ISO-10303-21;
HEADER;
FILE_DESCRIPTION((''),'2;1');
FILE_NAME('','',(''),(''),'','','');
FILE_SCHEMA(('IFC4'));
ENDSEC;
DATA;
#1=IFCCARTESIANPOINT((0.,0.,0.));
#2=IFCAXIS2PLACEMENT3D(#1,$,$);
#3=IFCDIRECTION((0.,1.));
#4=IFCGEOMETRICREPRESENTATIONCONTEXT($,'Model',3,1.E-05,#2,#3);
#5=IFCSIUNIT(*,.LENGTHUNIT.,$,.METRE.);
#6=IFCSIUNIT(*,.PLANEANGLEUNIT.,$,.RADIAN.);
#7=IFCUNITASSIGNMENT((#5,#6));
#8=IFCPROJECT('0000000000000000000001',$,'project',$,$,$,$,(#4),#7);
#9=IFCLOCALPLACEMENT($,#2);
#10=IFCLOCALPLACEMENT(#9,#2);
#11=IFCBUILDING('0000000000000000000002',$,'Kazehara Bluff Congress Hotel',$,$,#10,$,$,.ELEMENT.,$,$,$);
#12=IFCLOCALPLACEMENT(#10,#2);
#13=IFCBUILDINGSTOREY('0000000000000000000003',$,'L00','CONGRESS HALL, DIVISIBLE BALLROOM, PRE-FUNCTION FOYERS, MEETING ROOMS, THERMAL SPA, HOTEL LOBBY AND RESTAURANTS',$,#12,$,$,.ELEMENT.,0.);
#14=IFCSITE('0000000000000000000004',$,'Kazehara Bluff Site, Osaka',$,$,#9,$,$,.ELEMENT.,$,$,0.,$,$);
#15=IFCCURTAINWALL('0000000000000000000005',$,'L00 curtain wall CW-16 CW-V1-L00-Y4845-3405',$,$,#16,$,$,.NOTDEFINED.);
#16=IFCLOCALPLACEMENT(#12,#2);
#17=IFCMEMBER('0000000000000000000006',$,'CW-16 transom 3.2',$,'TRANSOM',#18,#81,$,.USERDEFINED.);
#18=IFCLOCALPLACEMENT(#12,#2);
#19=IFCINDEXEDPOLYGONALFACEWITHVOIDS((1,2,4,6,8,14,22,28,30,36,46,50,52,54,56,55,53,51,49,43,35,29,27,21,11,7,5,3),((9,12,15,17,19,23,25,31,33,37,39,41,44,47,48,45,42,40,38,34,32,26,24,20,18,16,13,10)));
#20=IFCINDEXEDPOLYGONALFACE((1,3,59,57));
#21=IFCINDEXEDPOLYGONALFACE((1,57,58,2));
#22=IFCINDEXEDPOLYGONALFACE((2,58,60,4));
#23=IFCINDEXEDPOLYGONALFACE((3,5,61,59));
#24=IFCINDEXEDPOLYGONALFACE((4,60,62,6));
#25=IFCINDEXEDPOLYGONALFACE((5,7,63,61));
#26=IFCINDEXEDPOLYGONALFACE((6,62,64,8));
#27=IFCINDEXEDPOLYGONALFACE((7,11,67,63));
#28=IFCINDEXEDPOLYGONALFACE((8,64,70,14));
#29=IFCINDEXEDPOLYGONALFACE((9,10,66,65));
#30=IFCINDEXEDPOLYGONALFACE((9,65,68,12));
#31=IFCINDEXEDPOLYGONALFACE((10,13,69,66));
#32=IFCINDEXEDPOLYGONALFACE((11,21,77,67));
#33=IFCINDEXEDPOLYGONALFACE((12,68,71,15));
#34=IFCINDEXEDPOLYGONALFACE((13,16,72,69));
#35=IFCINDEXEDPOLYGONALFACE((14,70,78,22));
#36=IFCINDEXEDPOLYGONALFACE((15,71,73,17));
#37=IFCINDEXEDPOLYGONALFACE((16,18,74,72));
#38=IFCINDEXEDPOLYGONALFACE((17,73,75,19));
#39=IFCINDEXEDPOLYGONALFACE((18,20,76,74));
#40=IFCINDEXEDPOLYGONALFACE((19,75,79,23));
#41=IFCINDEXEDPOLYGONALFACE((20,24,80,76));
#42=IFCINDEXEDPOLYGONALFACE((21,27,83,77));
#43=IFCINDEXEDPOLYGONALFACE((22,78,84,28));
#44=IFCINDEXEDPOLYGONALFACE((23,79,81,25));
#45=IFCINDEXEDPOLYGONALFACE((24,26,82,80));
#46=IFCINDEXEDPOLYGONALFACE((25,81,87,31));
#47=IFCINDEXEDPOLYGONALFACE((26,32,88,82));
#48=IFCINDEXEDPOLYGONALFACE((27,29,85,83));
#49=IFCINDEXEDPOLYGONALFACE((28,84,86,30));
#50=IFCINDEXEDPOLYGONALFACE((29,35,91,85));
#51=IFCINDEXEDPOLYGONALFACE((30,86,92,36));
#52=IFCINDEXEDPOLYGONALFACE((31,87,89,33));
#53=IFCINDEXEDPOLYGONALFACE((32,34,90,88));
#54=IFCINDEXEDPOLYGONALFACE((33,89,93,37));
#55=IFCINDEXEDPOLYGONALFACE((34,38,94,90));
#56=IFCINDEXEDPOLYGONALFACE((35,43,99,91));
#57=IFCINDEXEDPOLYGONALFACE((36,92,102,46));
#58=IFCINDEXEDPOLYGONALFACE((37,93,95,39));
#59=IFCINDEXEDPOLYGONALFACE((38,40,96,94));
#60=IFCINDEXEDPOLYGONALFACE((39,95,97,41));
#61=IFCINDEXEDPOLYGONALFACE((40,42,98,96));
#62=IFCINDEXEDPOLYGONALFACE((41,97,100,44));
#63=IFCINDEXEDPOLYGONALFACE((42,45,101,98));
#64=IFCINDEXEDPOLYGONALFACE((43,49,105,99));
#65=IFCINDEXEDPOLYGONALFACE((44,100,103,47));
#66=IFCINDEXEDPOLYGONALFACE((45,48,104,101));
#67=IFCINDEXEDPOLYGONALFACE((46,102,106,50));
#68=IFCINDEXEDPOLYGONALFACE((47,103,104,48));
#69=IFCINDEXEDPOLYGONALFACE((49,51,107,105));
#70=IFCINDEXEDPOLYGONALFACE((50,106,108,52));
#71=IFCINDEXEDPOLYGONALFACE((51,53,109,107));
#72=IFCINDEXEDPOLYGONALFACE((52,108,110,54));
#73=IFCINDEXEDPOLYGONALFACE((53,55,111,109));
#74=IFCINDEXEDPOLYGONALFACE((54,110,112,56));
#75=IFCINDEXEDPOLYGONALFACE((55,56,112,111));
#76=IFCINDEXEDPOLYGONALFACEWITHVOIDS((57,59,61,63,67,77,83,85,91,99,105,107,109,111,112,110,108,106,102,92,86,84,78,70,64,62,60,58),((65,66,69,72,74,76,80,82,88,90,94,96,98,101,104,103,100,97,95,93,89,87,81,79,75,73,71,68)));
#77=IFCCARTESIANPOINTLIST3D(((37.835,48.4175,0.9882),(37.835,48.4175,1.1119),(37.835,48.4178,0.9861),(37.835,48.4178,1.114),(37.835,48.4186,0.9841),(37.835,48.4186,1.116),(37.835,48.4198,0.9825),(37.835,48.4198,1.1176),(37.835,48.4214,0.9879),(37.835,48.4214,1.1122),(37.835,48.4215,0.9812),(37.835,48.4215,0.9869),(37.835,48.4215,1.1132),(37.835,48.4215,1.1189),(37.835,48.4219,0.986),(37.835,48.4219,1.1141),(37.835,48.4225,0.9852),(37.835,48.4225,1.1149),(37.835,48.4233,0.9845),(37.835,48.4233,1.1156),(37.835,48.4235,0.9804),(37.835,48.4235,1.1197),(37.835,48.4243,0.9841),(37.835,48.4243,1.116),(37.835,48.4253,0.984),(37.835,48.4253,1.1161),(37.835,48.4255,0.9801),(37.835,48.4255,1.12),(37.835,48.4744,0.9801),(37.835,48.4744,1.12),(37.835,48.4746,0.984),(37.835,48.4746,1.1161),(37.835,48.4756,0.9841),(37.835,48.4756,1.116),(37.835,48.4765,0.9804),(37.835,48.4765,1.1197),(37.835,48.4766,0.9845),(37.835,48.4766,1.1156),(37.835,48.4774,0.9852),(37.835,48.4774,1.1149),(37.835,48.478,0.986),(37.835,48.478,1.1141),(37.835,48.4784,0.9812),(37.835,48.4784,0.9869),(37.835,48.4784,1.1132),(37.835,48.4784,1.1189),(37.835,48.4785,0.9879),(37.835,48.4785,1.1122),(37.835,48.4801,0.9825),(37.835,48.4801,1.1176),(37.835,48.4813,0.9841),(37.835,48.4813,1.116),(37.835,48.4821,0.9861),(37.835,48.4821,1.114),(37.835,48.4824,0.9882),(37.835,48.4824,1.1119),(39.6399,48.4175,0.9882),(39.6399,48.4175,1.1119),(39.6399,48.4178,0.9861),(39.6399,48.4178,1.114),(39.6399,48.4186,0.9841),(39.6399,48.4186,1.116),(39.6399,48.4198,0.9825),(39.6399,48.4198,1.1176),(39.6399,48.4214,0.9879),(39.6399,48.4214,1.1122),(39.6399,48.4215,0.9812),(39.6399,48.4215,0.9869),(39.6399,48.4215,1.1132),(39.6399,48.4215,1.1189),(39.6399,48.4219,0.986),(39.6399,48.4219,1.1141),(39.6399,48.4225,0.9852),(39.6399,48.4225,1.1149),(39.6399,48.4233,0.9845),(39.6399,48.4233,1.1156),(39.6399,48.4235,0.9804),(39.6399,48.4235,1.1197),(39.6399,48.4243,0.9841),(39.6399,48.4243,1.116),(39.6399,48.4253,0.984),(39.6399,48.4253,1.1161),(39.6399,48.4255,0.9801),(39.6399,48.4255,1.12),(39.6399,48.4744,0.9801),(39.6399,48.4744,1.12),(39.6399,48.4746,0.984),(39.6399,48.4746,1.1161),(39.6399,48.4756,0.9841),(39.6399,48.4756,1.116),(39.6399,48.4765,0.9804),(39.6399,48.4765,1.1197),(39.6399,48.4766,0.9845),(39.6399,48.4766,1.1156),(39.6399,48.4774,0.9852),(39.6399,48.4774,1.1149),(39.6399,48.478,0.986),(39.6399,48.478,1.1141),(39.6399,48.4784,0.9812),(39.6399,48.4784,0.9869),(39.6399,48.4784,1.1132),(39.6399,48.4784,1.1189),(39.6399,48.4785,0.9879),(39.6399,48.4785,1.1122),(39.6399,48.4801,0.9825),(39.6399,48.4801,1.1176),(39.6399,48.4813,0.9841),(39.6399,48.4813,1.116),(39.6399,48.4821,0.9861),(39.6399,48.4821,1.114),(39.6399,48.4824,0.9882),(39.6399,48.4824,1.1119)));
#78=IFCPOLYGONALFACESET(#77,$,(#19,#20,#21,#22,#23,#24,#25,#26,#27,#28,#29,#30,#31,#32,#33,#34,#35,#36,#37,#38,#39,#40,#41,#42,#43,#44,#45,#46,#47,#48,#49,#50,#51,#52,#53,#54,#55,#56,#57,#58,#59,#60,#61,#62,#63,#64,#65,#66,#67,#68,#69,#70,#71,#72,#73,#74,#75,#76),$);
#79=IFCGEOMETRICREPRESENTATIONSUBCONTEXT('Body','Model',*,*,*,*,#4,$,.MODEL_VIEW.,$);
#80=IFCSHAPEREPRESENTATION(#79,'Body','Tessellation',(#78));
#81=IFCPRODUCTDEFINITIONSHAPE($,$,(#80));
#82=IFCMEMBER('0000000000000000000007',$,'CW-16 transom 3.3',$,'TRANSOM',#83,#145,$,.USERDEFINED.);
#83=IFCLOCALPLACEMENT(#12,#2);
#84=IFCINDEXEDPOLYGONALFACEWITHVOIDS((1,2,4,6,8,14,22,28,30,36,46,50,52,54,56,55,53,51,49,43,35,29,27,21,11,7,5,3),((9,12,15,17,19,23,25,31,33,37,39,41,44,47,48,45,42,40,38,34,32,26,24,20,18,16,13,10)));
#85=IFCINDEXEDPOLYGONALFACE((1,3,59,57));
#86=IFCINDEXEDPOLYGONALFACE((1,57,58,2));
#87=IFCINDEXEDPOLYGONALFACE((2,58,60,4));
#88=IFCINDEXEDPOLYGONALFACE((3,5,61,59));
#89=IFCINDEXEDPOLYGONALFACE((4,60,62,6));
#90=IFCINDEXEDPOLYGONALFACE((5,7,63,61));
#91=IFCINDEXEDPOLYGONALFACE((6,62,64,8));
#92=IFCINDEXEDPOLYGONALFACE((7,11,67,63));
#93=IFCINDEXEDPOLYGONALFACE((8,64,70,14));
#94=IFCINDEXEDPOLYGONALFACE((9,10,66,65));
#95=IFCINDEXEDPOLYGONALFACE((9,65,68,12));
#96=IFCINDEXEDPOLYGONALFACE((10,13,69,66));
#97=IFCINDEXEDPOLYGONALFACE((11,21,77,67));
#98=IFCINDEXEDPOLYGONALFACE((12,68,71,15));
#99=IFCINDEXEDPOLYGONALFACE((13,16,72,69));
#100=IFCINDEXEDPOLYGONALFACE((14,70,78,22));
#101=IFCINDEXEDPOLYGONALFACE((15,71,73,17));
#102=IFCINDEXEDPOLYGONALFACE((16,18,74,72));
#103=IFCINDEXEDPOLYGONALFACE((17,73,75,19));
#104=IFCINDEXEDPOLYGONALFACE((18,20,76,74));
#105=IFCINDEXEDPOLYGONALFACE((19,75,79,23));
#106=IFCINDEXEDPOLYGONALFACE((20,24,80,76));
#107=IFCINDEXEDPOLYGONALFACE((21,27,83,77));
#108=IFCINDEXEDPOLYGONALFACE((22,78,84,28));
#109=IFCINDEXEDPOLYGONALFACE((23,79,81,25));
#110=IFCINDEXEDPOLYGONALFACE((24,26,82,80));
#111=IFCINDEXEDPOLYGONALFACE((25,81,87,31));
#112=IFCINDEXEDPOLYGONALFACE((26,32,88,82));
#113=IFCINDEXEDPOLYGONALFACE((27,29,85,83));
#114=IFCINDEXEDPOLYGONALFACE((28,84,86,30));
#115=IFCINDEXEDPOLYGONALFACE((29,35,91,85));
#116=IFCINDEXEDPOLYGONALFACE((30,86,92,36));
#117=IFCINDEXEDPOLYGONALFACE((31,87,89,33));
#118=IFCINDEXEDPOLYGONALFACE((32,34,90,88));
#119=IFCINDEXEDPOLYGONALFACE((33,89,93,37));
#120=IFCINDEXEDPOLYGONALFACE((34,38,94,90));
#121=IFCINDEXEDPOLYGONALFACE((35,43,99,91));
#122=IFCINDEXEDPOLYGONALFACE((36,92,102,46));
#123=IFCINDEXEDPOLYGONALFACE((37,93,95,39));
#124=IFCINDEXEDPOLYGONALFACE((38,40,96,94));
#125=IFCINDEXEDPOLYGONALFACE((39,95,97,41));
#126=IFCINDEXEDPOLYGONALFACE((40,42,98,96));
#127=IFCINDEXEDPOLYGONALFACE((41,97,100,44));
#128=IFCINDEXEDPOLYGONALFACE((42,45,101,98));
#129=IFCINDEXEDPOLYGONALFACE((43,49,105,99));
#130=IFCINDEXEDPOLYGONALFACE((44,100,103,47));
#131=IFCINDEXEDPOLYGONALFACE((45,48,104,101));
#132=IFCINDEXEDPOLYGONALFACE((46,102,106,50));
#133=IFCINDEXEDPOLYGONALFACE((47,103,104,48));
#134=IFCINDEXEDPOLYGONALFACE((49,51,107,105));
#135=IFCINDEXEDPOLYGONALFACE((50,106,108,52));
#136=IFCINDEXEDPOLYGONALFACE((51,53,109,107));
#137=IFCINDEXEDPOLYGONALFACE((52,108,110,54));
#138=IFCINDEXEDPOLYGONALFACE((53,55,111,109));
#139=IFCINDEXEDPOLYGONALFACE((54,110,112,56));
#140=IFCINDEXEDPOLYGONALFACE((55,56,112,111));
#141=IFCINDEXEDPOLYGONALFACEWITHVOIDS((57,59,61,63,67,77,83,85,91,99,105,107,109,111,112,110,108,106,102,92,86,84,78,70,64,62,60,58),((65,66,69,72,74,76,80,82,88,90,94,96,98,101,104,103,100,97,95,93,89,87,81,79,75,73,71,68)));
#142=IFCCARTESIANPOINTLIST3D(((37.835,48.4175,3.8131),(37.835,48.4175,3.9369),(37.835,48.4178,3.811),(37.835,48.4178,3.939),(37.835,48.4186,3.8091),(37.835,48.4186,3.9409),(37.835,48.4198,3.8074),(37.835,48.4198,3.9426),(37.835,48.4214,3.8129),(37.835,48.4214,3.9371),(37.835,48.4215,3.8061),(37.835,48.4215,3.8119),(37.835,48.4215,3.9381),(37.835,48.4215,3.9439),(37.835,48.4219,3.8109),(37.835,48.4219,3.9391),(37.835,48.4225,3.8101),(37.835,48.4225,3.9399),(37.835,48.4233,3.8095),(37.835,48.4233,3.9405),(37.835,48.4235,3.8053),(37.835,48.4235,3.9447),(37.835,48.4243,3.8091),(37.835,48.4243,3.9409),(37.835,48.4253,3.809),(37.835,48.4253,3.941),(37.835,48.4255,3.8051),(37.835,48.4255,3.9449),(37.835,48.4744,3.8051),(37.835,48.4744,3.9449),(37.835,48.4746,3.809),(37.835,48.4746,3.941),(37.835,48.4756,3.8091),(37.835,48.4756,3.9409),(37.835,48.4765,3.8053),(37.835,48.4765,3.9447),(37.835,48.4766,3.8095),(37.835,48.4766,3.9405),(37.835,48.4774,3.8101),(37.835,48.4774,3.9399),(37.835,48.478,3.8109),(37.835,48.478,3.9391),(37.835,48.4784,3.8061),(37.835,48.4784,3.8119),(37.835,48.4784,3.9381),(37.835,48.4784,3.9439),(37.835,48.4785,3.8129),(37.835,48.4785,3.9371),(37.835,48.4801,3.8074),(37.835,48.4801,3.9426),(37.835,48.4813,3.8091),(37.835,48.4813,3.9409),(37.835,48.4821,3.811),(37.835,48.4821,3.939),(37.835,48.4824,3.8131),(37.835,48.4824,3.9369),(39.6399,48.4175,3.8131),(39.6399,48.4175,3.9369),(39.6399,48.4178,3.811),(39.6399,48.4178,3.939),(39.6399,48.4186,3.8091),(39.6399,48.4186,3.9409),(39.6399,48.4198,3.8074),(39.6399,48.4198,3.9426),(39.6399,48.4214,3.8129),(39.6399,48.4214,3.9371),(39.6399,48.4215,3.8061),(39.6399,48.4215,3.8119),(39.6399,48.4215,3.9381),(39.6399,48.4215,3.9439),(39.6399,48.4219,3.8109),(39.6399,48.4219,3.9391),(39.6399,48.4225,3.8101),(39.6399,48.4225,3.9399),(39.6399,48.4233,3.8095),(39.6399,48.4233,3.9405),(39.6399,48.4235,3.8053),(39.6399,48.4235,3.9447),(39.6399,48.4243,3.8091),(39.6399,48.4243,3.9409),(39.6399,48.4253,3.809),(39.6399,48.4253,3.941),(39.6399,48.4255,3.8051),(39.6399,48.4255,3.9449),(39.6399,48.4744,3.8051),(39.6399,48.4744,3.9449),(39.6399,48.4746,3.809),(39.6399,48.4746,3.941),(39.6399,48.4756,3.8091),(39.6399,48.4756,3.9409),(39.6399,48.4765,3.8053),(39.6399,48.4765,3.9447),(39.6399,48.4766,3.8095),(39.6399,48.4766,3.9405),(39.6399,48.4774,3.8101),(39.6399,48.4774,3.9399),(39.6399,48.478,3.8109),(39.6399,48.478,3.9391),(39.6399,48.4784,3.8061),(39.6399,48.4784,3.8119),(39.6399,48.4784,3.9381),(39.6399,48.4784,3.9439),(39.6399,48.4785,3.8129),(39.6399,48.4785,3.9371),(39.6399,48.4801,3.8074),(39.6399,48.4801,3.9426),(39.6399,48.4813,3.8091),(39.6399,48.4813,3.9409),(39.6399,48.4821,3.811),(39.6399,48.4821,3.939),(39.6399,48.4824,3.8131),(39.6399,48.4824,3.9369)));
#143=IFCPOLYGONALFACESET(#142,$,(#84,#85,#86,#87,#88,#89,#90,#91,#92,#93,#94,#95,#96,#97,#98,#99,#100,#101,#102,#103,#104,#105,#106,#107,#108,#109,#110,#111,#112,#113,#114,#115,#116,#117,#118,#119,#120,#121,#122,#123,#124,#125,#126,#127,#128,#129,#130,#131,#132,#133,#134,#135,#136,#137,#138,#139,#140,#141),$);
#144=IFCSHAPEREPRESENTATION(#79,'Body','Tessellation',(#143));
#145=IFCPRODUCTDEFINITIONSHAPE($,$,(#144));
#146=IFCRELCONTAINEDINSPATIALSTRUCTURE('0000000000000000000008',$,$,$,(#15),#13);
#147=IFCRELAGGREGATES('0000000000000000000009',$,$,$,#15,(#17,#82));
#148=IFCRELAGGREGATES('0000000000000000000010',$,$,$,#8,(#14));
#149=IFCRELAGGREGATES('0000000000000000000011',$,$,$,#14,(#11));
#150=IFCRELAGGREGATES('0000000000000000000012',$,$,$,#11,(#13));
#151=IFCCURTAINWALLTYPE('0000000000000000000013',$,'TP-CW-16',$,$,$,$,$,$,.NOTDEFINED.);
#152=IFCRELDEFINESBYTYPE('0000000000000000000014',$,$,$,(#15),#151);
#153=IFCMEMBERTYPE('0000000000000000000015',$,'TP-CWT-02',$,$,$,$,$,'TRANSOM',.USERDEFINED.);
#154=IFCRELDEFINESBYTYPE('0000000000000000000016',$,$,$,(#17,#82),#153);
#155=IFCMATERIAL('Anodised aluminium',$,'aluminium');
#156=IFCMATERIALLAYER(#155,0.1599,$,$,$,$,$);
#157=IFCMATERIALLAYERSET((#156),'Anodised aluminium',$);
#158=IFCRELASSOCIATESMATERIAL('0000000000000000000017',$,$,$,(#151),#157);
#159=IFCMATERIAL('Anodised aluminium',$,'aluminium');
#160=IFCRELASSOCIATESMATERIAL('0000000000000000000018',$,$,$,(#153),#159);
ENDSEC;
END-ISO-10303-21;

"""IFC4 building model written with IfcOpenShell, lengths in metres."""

from ifc_helpers import new_model, si_unit, direction, frame, origin, origin_2d, place, context, subcontext, project, spatial, hollow_rectangle, extrude, material, layer, layer_set, material_profile, profile_set, type_object, element, aggregate, save


model = new_model("IFC4")

# Units and contexts
model_context = context("Model", 3, precision=1e-05, world=origin(), true_north=direction((0.0, 1.0)))
body_context = subcontext(model_context, "Body", "Model", "MODEL_VIEW")
ifc_project = project(units=[si_unit("LENGTHUNIT", "METRE"), si_unit("PLANEANGLEUNIT", "RADIAN")], contexts=[model_context])

# Site, building, storey
site_placement = place(None, origin())
site = spatial("IfcSite", under=ifc_project, at=site_placement, Name="Kazehara Bluff Site, Osaka", CompositionType="ELEMENT", RefElevation=0.0)
building_placement = place(site_placement, origin())
building = spatial("IfcBuilding", under=site, at=building_placement, Name="Kazehara Bluff Congress Hotel", CompositionType="ELEMENT")
storey_placement = place(building_placement, origin())
storey = spatial("IfcBuildingStorey", under=building, at=storey_placement, Name="L00", Description="CONGRESS HALL, DIVISIBLE BALLROOM, PRE-FUNCTION FOYERS, MEETING ROOMS, THERMAL SPA, HOTEL LOBBY AND RESTAURANTS", CompositionType="ELEMENT", Elevation=0.0)

# Curtain wall, members
ifc_material_1 = material(Name="Anodised aluminium", Category="aluminium")
ifc_layer_1 = layer(ifc_material_1, 0.1599)
ifc_layer_set_1 = layer_set([ifc_layer_1], Name="Anodised aluminium")
curtain_wall_type = type_object("IfcCurtainWallType", Name="TP-CW-16", PredefinedType="NOTDEFINED", material=ifc_layer_set_1)
curtain_wall_placement = place(storey_placement, origin())
curtain_wall = element("IfcCurtainWall", 1, at=curtain_wall_placement, inside=storey, type_object=curtain_wall_type, Name="L00 curtain wall CW-16 CW-V1-L00-Y4845-3405", PredefinedType="NOTDEFINED")
ifc_material_2 = material(Name="Anodised aluminium", Category="aluminium")
ifc_material_profile_1 = material_profile(ifc_material_2, hollow_rectangle(XDim=0.0649, YDim=0.1399, WallThickness=0.0039, InnerFilletRadius=0.0039, OuterFilletRadius=0.0081, at=origin_2d()))
ifc_profile_set_1 = profile_set([ifc_material_profile_1], Name="Anodised aluminium")
member_type_1 = type_object("IfcMemberType", Name="TP-CWT-02", ElementType="TRANSOM", PredefinedType="USERDEFINED", material=ifc_profile_set_1)
member_1_placement = place(storey_placement, frame((37.835, 48.45, 1.05), z_axis=(1.0, 0.0, 0.0), x_axis=(0.0, 1.0, 0.0)))
member_1 = element("IfcMember", 2, at=member_1_placement, type_object=member_type_1, Name="CW-16 transom 3.2", ObjectType="TRANSOM", PredefinedType="USERDEFINED", context=body_context, shape_type="SweptSolid", body=[
    extrude(hollow_rectangle(XDim=0.0649, YDim=0.1399, WallThickness=0.0039, InnerFilletRadius=0.0039, OuterFilletRadius=0.0081, at=origin_2d()), origin(), (0.0, 0.0, 1.0), 1.8049),
])
member_2_placement = place(storey_placement, frame((37.835, 48.45, 3.875), z_axis=(1.0, 0.0, 0.0), x_axis=(0.0, 1.0, 0.0)))
member_2 = element("IfcMember", 3, at=member_2_placement, type_object=member_type_1, Name="CW-16 transom 3.3", ObjectType="TRANSOM", PredefinedType="USERDEFINED", context=body_context, shape_type="SweptSolid", body=[
    extrude(hollow_rectangle(XDim=0.0649, YDim=0.1399, WallThickness=0.0039, InnerFilletRadius=0.0039, OuterFilletRadius=0.0081, at=origin_2d()), origin(), (0.0, 0.0, 1.0), 1.8049),
])

aggregate(curtain_wall, [member_1, member_2])

save(model, "model.ifc")
